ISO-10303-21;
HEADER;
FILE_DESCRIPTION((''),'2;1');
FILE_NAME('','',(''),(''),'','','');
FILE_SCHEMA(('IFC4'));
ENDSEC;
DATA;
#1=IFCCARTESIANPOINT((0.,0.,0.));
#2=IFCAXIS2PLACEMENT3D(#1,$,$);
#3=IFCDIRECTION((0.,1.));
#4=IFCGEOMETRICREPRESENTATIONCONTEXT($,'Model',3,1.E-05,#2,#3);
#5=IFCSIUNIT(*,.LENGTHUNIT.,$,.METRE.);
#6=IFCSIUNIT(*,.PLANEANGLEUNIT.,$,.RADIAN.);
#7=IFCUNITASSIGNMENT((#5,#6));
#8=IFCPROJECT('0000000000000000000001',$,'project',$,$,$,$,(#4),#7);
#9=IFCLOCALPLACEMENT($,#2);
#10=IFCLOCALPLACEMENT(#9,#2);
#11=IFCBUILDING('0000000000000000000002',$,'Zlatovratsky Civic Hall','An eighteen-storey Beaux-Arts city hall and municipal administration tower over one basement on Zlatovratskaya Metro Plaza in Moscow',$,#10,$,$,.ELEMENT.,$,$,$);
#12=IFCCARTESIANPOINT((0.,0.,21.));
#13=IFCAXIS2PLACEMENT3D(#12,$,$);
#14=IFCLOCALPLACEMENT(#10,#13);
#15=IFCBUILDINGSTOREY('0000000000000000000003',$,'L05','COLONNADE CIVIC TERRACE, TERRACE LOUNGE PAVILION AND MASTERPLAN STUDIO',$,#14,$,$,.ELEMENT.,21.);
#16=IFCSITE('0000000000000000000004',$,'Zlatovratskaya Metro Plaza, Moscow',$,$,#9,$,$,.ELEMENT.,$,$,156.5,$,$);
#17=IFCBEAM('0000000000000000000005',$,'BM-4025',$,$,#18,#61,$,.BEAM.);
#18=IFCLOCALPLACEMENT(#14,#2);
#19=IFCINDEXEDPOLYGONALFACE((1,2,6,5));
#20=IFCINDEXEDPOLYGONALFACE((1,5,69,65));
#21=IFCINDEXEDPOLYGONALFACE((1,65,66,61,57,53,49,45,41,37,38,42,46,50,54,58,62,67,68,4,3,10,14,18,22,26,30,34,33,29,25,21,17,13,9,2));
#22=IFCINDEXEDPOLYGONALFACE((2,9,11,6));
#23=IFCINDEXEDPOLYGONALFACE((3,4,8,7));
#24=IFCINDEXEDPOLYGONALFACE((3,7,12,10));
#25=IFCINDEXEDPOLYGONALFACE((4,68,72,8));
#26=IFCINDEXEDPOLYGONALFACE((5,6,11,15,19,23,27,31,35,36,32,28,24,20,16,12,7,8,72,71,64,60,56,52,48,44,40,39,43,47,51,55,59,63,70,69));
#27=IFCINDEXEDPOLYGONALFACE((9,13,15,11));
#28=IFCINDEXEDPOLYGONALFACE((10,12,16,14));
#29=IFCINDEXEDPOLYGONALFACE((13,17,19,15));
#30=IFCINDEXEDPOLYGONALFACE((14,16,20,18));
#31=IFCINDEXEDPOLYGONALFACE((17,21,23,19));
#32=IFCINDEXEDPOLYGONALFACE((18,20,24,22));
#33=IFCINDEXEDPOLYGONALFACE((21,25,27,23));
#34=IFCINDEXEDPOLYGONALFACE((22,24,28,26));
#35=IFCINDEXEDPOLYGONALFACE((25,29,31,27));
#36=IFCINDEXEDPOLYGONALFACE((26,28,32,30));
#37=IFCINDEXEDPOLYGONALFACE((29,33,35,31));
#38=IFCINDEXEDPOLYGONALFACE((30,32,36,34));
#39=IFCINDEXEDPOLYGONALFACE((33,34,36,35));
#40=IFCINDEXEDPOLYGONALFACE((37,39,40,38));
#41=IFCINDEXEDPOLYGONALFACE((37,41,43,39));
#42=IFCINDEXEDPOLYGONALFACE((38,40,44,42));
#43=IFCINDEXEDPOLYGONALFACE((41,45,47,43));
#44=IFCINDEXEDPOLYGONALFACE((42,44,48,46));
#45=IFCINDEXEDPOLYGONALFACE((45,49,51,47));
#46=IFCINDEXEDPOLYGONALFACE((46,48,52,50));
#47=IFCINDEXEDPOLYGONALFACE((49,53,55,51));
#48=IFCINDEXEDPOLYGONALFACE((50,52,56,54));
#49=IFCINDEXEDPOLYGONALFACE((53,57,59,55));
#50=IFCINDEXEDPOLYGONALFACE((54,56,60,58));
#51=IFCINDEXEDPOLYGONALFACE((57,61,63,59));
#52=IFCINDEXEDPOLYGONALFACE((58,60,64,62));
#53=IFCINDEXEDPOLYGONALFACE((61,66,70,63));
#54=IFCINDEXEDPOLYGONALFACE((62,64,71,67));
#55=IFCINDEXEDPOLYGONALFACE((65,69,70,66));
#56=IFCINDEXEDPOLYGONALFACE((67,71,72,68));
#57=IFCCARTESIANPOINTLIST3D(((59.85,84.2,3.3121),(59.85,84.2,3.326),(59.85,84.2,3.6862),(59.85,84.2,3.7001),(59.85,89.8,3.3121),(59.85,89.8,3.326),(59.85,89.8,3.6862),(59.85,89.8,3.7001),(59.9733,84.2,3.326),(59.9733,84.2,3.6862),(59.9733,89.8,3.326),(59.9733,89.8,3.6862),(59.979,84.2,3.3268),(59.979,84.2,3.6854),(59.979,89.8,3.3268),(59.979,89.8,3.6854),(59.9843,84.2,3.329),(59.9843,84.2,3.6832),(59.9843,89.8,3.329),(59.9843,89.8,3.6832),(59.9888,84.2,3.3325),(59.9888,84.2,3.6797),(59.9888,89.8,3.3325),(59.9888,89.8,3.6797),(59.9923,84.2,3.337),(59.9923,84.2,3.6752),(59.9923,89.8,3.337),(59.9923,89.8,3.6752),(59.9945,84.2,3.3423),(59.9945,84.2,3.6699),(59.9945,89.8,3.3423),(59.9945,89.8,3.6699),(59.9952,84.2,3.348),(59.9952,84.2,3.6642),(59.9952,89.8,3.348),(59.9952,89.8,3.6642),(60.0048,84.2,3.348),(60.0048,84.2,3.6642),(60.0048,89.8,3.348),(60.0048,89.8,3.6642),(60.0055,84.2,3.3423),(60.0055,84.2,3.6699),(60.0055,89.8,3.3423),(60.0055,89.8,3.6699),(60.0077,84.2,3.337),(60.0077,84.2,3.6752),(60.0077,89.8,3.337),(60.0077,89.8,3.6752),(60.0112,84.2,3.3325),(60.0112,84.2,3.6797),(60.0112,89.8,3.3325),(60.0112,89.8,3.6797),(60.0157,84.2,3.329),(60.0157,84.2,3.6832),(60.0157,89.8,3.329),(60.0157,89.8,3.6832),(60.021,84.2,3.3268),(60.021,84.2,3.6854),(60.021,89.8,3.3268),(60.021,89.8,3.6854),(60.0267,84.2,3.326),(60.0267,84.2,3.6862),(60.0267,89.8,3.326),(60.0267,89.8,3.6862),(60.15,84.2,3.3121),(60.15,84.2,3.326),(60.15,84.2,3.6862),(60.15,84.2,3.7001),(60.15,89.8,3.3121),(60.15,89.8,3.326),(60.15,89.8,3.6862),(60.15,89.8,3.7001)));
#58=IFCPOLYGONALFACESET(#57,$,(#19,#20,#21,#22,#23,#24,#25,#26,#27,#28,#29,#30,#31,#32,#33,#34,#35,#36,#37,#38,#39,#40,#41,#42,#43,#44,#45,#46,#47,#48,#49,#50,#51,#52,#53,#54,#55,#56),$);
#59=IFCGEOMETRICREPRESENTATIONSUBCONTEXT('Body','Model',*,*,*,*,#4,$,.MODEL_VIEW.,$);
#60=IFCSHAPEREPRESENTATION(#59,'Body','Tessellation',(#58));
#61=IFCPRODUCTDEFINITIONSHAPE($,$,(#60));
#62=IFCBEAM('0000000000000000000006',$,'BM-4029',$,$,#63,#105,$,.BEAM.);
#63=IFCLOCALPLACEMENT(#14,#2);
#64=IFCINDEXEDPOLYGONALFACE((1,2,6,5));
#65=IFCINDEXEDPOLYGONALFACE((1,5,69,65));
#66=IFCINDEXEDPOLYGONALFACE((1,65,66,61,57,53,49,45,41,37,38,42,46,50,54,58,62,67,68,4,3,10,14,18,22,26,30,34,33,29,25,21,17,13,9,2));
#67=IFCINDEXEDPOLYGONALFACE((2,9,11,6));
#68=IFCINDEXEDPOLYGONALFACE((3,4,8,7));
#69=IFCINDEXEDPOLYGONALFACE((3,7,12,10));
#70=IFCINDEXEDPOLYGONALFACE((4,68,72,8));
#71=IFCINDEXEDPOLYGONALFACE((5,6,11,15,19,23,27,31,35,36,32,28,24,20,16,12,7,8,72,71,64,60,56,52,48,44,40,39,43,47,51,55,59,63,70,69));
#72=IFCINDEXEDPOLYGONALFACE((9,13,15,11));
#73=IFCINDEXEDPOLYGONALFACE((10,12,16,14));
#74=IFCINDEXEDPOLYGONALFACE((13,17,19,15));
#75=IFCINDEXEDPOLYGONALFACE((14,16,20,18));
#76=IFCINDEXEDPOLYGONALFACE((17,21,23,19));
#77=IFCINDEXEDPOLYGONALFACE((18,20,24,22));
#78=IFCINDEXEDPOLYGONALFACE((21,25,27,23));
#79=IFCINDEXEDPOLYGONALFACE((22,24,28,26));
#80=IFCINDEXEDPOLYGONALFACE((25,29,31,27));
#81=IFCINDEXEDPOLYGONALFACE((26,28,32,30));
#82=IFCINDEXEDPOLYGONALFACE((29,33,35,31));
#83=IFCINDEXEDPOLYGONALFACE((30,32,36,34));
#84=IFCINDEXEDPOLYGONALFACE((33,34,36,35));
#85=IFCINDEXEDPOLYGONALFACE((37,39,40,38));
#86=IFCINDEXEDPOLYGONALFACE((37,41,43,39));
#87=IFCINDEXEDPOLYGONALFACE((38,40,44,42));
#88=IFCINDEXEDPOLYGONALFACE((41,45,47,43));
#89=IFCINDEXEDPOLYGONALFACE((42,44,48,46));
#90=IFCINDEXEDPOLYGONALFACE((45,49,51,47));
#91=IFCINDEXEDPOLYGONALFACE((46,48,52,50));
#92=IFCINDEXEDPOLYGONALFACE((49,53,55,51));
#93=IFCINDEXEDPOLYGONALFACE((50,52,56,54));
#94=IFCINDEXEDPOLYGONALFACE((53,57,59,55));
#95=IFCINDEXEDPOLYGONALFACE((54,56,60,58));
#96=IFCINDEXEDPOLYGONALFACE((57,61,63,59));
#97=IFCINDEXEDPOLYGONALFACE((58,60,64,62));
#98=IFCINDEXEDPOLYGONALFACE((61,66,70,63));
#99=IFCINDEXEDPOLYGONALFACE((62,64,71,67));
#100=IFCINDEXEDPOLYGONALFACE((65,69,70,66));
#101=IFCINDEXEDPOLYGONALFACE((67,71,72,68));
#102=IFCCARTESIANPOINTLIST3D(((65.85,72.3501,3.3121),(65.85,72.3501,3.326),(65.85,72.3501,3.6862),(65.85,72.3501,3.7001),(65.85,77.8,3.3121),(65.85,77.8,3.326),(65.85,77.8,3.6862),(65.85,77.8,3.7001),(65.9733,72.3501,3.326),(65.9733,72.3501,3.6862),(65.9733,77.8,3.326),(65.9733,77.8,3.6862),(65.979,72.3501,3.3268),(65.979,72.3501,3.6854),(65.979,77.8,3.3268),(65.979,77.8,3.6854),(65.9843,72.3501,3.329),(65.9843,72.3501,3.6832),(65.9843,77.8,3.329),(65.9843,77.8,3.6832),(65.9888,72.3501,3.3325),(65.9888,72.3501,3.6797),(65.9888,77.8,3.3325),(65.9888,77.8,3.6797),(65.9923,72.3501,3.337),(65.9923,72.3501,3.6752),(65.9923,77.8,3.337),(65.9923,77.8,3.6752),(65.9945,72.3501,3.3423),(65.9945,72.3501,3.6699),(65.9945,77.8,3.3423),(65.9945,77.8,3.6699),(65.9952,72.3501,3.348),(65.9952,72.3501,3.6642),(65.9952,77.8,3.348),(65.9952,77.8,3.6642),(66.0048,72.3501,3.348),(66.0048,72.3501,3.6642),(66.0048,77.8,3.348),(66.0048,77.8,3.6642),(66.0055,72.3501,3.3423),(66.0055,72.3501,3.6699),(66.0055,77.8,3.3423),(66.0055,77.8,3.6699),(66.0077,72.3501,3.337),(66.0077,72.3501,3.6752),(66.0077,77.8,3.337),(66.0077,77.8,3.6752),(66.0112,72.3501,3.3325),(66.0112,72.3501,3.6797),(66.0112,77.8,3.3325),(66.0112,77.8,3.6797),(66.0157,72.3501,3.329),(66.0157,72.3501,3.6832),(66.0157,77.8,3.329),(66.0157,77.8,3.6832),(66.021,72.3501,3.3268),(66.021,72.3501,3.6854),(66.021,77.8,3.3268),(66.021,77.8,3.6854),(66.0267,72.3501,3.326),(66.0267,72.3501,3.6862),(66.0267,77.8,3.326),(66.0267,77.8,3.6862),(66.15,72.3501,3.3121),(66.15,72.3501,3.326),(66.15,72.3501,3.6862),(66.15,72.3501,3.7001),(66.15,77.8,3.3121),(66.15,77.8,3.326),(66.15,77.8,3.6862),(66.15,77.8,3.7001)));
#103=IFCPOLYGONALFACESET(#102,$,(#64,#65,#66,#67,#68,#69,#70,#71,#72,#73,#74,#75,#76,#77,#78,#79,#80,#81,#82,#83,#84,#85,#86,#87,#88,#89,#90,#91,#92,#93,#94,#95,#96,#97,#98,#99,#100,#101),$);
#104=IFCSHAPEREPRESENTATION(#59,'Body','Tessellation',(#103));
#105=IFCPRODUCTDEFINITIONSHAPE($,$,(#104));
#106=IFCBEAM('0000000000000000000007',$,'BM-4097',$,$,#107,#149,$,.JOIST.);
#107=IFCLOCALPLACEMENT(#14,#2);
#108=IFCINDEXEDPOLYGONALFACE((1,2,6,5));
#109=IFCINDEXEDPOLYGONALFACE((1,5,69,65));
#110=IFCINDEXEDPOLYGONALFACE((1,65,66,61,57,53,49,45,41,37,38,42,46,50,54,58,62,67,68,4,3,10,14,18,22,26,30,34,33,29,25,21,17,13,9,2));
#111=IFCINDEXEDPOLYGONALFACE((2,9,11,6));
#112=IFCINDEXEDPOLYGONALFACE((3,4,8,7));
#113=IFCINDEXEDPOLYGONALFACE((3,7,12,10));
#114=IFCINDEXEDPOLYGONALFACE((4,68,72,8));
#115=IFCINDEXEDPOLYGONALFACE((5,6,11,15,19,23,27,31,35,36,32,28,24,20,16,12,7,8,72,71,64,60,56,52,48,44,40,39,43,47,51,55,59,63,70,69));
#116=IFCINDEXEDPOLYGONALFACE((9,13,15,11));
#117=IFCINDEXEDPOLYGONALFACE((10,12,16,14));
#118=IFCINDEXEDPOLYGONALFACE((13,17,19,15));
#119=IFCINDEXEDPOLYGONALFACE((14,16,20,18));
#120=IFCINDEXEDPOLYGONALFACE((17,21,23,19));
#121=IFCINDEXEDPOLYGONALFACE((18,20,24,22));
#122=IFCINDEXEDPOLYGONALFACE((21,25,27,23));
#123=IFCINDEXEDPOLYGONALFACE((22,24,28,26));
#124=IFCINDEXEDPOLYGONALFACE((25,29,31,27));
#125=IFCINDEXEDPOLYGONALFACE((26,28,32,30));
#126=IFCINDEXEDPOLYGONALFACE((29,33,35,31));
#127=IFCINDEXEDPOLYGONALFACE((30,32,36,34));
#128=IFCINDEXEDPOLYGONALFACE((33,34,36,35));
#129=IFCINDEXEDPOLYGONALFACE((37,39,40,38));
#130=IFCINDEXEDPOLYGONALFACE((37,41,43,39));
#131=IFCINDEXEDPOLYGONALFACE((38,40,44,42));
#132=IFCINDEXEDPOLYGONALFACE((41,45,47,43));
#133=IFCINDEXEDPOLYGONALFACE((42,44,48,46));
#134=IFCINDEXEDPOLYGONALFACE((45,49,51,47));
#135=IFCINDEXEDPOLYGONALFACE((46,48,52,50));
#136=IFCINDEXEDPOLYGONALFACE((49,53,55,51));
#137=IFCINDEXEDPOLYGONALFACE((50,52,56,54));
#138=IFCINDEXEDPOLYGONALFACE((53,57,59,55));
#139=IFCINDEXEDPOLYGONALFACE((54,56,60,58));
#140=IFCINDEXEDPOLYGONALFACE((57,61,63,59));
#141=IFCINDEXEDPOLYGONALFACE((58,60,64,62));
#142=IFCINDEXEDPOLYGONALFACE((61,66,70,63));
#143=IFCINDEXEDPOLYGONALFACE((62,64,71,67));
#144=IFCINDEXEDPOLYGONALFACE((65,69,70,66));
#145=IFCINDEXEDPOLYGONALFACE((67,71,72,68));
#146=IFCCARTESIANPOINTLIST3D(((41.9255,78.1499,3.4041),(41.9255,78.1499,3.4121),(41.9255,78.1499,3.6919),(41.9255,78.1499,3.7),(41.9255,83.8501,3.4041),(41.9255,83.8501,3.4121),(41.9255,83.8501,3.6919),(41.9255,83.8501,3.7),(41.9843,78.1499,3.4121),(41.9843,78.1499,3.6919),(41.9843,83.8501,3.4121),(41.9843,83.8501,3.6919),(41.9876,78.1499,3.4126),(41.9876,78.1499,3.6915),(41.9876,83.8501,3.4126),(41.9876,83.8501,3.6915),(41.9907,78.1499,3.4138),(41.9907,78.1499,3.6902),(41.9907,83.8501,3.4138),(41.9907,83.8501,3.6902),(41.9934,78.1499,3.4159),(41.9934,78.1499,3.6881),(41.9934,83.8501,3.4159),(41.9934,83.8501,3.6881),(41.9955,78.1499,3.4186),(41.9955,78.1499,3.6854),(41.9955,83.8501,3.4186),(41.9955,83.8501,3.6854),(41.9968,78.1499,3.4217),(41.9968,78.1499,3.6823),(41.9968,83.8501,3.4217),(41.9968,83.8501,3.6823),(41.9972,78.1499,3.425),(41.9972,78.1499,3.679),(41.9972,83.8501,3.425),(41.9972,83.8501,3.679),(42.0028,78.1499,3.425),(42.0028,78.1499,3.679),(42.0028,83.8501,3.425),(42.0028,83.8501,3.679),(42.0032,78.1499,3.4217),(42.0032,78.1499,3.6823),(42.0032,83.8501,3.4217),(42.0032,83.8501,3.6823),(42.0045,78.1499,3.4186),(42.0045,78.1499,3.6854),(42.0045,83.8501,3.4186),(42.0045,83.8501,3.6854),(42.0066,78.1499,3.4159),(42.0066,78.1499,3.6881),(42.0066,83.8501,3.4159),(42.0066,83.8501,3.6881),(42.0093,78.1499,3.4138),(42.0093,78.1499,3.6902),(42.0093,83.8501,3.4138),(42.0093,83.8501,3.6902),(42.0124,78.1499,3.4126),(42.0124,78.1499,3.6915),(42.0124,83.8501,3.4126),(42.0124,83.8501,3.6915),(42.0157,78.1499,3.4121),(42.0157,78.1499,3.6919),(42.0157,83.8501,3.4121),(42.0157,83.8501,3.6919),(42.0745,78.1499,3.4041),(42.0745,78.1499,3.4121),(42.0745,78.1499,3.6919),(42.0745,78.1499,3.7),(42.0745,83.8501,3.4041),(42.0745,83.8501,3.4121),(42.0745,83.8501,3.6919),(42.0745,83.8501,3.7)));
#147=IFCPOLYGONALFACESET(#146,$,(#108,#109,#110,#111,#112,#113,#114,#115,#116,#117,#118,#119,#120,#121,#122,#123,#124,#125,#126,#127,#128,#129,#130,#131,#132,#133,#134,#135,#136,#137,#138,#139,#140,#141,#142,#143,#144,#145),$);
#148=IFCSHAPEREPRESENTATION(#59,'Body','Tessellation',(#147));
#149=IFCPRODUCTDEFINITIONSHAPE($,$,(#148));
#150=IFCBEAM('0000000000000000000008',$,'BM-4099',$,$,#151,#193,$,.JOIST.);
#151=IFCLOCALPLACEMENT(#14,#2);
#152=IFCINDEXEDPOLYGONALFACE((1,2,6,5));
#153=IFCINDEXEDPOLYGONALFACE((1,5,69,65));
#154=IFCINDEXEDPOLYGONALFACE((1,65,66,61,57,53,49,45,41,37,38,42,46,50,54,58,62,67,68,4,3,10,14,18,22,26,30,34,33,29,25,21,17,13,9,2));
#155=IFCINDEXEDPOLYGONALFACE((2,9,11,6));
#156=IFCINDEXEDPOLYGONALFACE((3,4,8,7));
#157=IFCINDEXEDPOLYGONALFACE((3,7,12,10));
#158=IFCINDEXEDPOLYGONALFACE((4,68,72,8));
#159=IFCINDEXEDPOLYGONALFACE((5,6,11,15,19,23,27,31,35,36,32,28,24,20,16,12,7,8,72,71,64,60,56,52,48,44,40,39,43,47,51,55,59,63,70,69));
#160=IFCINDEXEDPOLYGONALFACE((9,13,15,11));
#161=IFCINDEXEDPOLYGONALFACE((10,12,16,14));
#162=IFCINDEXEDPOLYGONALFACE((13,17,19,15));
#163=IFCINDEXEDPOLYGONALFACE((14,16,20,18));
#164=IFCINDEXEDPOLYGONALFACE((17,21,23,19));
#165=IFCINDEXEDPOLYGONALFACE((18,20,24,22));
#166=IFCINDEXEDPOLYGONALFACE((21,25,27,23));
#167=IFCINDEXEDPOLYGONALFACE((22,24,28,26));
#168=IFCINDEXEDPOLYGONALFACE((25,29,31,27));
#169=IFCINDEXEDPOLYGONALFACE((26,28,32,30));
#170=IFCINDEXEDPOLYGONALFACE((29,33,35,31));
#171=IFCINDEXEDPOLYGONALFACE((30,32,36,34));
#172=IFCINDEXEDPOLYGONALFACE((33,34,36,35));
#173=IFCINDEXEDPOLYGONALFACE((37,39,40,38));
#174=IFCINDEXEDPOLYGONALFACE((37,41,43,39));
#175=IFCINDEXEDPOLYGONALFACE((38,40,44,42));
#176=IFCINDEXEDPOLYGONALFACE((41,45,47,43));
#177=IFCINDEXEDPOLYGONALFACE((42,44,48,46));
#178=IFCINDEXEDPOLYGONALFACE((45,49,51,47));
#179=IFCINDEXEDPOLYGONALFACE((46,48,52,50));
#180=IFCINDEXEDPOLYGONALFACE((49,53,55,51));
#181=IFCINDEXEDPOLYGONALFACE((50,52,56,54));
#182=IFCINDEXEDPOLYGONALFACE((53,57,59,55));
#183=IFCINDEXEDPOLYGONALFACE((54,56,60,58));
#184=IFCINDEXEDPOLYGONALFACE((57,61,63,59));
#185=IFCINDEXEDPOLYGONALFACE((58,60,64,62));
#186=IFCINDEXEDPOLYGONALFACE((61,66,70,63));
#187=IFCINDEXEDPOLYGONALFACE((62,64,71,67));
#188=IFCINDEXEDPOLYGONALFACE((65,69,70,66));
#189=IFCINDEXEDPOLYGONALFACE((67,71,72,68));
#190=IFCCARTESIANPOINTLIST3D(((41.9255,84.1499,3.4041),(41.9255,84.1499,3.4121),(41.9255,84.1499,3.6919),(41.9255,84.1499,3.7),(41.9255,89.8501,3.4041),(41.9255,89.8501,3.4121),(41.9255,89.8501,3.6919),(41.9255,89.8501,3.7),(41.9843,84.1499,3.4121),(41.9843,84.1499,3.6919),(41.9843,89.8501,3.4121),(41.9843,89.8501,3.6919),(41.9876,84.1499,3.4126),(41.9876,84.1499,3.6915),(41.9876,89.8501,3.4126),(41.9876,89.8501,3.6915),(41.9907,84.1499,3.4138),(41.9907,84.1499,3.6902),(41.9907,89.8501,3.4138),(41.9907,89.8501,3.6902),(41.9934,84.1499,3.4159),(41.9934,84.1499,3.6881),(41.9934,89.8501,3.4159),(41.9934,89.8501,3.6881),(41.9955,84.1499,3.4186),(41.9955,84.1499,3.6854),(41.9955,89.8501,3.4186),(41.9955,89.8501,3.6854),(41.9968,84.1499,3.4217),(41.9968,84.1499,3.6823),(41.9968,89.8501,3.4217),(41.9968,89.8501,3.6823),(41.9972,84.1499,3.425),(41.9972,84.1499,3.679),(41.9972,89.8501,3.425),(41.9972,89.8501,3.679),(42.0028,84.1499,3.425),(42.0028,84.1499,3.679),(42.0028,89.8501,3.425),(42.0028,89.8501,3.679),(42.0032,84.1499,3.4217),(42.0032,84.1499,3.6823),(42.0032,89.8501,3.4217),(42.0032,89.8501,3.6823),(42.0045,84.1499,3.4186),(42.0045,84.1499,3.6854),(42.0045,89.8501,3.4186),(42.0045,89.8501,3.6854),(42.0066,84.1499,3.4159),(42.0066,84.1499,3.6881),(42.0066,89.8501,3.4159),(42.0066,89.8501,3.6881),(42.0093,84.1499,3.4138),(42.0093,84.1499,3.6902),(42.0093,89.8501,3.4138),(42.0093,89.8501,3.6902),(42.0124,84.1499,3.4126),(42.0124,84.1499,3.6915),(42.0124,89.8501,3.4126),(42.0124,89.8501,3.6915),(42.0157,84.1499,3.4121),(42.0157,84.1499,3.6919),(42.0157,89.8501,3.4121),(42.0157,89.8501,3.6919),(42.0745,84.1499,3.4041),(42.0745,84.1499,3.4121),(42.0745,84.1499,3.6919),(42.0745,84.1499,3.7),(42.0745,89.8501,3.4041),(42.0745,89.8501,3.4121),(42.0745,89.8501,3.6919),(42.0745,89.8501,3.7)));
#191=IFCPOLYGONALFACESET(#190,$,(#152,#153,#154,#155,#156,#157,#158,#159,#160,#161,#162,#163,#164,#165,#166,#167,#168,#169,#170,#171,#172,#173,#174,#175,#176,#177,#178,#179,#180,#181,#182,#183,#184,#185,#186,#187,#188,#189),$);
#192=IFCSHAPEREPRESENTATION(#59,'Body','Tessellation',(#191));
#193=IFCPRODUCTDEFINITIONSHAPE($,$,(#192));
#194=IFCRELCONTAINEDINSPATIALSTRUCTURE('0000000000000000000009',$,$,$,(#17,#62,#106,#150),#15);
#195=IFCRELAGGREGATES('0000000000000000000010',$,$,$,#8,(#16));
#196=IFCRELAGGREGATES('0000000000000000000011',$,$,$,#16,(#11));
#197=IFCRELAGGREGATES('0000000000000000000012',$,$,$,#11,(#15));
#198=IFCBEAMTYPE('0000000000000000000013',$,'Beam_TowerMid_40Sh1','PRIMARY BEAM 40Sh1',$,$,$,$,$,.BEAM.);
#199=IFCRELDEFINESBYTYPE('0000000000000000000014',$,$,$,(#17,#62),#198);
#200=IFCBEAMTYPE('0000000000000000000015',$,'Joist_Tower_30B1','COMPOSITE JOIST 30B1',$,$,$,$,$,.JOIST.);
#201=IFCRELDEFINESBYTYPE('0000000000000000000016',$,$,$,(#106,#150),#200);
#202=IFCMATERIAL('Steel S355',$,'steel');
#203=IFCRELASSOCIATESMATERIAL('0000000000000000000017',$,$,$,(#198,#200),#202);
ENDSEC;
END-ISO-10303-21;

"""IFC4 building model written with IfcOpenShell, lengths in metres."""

from ifc_helpers import new_model, si_unit, direction, frame, origin, origin_2d, place, context, subcontext, project, spatial, i_section, extrude, material, material_profile, profile_set, type_object, element, save


model = new_model("IFC4")

# Units and contexts
model_context = context("Model", 3, precision=1e-05, world=origin(), true_north=direction((0.0, 1.0)))
body_context = subcontext(model_context, "Body", "Model", "MODEL_VIEW")
ifc_project = project(units=[si_unit("LENGTHUNIT", "METRE"), si_unit("PLANEANGLEUNIT", "RADIAN")], contexts=[model_context])

# Site, building, storey
site_placement = place(None, origin())
site = spatial("IfcSite", under=ifc_project, at=site_placement, Name="Zlatovratskaya Metro Plaza, Moscow", CompositionType="ELEMENT", RefElevation=156.5)
building_placement = place(site_placement, origin())
building = spatial("IfcBuilding", under=site, at=building_placement, Name="Zlatovratsky Civic Hall", Description="An eighteen-storey Beaux-Arts city hall and municipal administration tower over one basement on Zlatovratskaya Metro Plaza in Moscow", CompositionType="ELEMENT")
storey_placement = place(building_placement, frame((0.0, 0.0, 21.0)))
storey = spatial("IfcBuildingStorey", under=building, at=storey_placement, Name="L05", Description="COLONNADE CIVIC TERRACE, TERRACE LOUNGE PAVILION AND MASTERPLAN STUDIO", CompositionType="ELEMENT", Elevation=21.0)

# Shared definitions
ifc_material_1 = material(Name="Steel S355", Category="steel")

# Beams
ifc_material_profile_1 = material_profile(ifc_material_1, i_section(OverallWidth=0.3, OverallDepth=0.3879, WebThickness=0.0095, FlangeThickness=0.0139, FilletRadius=0.022, at=origin_2d()), Name="40Sh1")
ifc_profile_set_1 = profile_set([ifc_material_profile_1], Name="Steel S355")
beam_type_1 = type_object("IfcBeamType", Name="Beam_TowerMid_40Sh1", Description="PRIMARY BEAM 40Sh1", PredefinedType="BEAM", material=ifc_profile_set_1)
for number, where, z_axis, x_axis, name in (
    (1, (60.0, 84.2, 3.5061), (0.0, 1.0, 0.0), (-1.0, 0.0, 0.0), "BM-4025"),
):
    element("IfcBeam", number, at=place(storey_placement, frame(where, z_axis=z_axis, x_axis=x_axis)), inside=storey, type_object=beam_type_1, Name=name, PredefinedType="BEAM", context=body_context, shape_type="SweptSolid", body=[
        extrude(i_section(OverallWidth=0.3, OverallDepth=0.3879, WebThickness=0.0095, FlangeThickness=0.0139, FilletRadius=0.022, at=origin_2d()), origin(), (0.0, 0.0, 1.0), 5.6001),
    ])
beam_1_placement = place(storey_placement, frame((66.0, 72.3501, 3.5061), z_axis=(0.0, 1.0, 0.0), x_axis=(-1.0, 0.0, 0.0)))
element("IfcBeam", 2, at=beam_1_placement, inside=storey, type_object=beam_type_1, Name="BM-4029", PredefinedType="BEAM", context=body_context, shape_type="SweptSolid", body=[
    extrude(i_section(OverallWidth=0.3, OverallDepth=0.3879, WebThickness=0.0095, FlangeThickness=0.0139, FilletRadius=0.022, at=origin_2d()), origin(), (0.0, 0.0, 1.0), 5.45),
])
ifc_material_profile_2 = material_profile(ifc_material_1, i_section(OverallWidth=0.1489, OverallDepth=0.2959, WebThickness=0.0056, FlangeThickness=0.0081, FilletRadius=0.0129, at=origin_2d()), Name="30B1")
ifc_profile_set_2 = profile_set([ifc_material_profile_2], Name="Steel S355")
beam_type_2 = type_object("IfcBeamType", Name="Joist_Tower_30B1", Description="COMPOSITE JOIST 30B1", PredefinedType="JOIST", material=ifc_profile_set_2)
for number, where, z_axis, x_axis, name in (
    (3, (42.0, 78.1499, 3.552), (0.0, 1.0, 0.0), (-1.0, 0.0, 0.0), "BM-4097"),
    (4, (42.0, 84.1499, 3.552), (0.0, 1.0, 0.0), (-1.0, 0.0, 0.0), "BM-4099"),
):
    element("IfcBeam", number, at=place(storey_placement, frame(where, z_axis=z_axis, x_axis=x_axis)), inside=storey, type_object=beam_type_2, Name=name, PredefinedType="JOIST", context=body_context, shape_type="SweptSolid", body=[
        extrude(i_section(OverallWidth=0.1489, OverallDepth=0.2959, WebThickness=0.0056, FlangeThickness=0.0081, FilletRadius=0.0129, at=origin_2d()), origin(), (0.0, 0.0, 1.0), 5.7002),
    ])

save(model, "model.ifc")
